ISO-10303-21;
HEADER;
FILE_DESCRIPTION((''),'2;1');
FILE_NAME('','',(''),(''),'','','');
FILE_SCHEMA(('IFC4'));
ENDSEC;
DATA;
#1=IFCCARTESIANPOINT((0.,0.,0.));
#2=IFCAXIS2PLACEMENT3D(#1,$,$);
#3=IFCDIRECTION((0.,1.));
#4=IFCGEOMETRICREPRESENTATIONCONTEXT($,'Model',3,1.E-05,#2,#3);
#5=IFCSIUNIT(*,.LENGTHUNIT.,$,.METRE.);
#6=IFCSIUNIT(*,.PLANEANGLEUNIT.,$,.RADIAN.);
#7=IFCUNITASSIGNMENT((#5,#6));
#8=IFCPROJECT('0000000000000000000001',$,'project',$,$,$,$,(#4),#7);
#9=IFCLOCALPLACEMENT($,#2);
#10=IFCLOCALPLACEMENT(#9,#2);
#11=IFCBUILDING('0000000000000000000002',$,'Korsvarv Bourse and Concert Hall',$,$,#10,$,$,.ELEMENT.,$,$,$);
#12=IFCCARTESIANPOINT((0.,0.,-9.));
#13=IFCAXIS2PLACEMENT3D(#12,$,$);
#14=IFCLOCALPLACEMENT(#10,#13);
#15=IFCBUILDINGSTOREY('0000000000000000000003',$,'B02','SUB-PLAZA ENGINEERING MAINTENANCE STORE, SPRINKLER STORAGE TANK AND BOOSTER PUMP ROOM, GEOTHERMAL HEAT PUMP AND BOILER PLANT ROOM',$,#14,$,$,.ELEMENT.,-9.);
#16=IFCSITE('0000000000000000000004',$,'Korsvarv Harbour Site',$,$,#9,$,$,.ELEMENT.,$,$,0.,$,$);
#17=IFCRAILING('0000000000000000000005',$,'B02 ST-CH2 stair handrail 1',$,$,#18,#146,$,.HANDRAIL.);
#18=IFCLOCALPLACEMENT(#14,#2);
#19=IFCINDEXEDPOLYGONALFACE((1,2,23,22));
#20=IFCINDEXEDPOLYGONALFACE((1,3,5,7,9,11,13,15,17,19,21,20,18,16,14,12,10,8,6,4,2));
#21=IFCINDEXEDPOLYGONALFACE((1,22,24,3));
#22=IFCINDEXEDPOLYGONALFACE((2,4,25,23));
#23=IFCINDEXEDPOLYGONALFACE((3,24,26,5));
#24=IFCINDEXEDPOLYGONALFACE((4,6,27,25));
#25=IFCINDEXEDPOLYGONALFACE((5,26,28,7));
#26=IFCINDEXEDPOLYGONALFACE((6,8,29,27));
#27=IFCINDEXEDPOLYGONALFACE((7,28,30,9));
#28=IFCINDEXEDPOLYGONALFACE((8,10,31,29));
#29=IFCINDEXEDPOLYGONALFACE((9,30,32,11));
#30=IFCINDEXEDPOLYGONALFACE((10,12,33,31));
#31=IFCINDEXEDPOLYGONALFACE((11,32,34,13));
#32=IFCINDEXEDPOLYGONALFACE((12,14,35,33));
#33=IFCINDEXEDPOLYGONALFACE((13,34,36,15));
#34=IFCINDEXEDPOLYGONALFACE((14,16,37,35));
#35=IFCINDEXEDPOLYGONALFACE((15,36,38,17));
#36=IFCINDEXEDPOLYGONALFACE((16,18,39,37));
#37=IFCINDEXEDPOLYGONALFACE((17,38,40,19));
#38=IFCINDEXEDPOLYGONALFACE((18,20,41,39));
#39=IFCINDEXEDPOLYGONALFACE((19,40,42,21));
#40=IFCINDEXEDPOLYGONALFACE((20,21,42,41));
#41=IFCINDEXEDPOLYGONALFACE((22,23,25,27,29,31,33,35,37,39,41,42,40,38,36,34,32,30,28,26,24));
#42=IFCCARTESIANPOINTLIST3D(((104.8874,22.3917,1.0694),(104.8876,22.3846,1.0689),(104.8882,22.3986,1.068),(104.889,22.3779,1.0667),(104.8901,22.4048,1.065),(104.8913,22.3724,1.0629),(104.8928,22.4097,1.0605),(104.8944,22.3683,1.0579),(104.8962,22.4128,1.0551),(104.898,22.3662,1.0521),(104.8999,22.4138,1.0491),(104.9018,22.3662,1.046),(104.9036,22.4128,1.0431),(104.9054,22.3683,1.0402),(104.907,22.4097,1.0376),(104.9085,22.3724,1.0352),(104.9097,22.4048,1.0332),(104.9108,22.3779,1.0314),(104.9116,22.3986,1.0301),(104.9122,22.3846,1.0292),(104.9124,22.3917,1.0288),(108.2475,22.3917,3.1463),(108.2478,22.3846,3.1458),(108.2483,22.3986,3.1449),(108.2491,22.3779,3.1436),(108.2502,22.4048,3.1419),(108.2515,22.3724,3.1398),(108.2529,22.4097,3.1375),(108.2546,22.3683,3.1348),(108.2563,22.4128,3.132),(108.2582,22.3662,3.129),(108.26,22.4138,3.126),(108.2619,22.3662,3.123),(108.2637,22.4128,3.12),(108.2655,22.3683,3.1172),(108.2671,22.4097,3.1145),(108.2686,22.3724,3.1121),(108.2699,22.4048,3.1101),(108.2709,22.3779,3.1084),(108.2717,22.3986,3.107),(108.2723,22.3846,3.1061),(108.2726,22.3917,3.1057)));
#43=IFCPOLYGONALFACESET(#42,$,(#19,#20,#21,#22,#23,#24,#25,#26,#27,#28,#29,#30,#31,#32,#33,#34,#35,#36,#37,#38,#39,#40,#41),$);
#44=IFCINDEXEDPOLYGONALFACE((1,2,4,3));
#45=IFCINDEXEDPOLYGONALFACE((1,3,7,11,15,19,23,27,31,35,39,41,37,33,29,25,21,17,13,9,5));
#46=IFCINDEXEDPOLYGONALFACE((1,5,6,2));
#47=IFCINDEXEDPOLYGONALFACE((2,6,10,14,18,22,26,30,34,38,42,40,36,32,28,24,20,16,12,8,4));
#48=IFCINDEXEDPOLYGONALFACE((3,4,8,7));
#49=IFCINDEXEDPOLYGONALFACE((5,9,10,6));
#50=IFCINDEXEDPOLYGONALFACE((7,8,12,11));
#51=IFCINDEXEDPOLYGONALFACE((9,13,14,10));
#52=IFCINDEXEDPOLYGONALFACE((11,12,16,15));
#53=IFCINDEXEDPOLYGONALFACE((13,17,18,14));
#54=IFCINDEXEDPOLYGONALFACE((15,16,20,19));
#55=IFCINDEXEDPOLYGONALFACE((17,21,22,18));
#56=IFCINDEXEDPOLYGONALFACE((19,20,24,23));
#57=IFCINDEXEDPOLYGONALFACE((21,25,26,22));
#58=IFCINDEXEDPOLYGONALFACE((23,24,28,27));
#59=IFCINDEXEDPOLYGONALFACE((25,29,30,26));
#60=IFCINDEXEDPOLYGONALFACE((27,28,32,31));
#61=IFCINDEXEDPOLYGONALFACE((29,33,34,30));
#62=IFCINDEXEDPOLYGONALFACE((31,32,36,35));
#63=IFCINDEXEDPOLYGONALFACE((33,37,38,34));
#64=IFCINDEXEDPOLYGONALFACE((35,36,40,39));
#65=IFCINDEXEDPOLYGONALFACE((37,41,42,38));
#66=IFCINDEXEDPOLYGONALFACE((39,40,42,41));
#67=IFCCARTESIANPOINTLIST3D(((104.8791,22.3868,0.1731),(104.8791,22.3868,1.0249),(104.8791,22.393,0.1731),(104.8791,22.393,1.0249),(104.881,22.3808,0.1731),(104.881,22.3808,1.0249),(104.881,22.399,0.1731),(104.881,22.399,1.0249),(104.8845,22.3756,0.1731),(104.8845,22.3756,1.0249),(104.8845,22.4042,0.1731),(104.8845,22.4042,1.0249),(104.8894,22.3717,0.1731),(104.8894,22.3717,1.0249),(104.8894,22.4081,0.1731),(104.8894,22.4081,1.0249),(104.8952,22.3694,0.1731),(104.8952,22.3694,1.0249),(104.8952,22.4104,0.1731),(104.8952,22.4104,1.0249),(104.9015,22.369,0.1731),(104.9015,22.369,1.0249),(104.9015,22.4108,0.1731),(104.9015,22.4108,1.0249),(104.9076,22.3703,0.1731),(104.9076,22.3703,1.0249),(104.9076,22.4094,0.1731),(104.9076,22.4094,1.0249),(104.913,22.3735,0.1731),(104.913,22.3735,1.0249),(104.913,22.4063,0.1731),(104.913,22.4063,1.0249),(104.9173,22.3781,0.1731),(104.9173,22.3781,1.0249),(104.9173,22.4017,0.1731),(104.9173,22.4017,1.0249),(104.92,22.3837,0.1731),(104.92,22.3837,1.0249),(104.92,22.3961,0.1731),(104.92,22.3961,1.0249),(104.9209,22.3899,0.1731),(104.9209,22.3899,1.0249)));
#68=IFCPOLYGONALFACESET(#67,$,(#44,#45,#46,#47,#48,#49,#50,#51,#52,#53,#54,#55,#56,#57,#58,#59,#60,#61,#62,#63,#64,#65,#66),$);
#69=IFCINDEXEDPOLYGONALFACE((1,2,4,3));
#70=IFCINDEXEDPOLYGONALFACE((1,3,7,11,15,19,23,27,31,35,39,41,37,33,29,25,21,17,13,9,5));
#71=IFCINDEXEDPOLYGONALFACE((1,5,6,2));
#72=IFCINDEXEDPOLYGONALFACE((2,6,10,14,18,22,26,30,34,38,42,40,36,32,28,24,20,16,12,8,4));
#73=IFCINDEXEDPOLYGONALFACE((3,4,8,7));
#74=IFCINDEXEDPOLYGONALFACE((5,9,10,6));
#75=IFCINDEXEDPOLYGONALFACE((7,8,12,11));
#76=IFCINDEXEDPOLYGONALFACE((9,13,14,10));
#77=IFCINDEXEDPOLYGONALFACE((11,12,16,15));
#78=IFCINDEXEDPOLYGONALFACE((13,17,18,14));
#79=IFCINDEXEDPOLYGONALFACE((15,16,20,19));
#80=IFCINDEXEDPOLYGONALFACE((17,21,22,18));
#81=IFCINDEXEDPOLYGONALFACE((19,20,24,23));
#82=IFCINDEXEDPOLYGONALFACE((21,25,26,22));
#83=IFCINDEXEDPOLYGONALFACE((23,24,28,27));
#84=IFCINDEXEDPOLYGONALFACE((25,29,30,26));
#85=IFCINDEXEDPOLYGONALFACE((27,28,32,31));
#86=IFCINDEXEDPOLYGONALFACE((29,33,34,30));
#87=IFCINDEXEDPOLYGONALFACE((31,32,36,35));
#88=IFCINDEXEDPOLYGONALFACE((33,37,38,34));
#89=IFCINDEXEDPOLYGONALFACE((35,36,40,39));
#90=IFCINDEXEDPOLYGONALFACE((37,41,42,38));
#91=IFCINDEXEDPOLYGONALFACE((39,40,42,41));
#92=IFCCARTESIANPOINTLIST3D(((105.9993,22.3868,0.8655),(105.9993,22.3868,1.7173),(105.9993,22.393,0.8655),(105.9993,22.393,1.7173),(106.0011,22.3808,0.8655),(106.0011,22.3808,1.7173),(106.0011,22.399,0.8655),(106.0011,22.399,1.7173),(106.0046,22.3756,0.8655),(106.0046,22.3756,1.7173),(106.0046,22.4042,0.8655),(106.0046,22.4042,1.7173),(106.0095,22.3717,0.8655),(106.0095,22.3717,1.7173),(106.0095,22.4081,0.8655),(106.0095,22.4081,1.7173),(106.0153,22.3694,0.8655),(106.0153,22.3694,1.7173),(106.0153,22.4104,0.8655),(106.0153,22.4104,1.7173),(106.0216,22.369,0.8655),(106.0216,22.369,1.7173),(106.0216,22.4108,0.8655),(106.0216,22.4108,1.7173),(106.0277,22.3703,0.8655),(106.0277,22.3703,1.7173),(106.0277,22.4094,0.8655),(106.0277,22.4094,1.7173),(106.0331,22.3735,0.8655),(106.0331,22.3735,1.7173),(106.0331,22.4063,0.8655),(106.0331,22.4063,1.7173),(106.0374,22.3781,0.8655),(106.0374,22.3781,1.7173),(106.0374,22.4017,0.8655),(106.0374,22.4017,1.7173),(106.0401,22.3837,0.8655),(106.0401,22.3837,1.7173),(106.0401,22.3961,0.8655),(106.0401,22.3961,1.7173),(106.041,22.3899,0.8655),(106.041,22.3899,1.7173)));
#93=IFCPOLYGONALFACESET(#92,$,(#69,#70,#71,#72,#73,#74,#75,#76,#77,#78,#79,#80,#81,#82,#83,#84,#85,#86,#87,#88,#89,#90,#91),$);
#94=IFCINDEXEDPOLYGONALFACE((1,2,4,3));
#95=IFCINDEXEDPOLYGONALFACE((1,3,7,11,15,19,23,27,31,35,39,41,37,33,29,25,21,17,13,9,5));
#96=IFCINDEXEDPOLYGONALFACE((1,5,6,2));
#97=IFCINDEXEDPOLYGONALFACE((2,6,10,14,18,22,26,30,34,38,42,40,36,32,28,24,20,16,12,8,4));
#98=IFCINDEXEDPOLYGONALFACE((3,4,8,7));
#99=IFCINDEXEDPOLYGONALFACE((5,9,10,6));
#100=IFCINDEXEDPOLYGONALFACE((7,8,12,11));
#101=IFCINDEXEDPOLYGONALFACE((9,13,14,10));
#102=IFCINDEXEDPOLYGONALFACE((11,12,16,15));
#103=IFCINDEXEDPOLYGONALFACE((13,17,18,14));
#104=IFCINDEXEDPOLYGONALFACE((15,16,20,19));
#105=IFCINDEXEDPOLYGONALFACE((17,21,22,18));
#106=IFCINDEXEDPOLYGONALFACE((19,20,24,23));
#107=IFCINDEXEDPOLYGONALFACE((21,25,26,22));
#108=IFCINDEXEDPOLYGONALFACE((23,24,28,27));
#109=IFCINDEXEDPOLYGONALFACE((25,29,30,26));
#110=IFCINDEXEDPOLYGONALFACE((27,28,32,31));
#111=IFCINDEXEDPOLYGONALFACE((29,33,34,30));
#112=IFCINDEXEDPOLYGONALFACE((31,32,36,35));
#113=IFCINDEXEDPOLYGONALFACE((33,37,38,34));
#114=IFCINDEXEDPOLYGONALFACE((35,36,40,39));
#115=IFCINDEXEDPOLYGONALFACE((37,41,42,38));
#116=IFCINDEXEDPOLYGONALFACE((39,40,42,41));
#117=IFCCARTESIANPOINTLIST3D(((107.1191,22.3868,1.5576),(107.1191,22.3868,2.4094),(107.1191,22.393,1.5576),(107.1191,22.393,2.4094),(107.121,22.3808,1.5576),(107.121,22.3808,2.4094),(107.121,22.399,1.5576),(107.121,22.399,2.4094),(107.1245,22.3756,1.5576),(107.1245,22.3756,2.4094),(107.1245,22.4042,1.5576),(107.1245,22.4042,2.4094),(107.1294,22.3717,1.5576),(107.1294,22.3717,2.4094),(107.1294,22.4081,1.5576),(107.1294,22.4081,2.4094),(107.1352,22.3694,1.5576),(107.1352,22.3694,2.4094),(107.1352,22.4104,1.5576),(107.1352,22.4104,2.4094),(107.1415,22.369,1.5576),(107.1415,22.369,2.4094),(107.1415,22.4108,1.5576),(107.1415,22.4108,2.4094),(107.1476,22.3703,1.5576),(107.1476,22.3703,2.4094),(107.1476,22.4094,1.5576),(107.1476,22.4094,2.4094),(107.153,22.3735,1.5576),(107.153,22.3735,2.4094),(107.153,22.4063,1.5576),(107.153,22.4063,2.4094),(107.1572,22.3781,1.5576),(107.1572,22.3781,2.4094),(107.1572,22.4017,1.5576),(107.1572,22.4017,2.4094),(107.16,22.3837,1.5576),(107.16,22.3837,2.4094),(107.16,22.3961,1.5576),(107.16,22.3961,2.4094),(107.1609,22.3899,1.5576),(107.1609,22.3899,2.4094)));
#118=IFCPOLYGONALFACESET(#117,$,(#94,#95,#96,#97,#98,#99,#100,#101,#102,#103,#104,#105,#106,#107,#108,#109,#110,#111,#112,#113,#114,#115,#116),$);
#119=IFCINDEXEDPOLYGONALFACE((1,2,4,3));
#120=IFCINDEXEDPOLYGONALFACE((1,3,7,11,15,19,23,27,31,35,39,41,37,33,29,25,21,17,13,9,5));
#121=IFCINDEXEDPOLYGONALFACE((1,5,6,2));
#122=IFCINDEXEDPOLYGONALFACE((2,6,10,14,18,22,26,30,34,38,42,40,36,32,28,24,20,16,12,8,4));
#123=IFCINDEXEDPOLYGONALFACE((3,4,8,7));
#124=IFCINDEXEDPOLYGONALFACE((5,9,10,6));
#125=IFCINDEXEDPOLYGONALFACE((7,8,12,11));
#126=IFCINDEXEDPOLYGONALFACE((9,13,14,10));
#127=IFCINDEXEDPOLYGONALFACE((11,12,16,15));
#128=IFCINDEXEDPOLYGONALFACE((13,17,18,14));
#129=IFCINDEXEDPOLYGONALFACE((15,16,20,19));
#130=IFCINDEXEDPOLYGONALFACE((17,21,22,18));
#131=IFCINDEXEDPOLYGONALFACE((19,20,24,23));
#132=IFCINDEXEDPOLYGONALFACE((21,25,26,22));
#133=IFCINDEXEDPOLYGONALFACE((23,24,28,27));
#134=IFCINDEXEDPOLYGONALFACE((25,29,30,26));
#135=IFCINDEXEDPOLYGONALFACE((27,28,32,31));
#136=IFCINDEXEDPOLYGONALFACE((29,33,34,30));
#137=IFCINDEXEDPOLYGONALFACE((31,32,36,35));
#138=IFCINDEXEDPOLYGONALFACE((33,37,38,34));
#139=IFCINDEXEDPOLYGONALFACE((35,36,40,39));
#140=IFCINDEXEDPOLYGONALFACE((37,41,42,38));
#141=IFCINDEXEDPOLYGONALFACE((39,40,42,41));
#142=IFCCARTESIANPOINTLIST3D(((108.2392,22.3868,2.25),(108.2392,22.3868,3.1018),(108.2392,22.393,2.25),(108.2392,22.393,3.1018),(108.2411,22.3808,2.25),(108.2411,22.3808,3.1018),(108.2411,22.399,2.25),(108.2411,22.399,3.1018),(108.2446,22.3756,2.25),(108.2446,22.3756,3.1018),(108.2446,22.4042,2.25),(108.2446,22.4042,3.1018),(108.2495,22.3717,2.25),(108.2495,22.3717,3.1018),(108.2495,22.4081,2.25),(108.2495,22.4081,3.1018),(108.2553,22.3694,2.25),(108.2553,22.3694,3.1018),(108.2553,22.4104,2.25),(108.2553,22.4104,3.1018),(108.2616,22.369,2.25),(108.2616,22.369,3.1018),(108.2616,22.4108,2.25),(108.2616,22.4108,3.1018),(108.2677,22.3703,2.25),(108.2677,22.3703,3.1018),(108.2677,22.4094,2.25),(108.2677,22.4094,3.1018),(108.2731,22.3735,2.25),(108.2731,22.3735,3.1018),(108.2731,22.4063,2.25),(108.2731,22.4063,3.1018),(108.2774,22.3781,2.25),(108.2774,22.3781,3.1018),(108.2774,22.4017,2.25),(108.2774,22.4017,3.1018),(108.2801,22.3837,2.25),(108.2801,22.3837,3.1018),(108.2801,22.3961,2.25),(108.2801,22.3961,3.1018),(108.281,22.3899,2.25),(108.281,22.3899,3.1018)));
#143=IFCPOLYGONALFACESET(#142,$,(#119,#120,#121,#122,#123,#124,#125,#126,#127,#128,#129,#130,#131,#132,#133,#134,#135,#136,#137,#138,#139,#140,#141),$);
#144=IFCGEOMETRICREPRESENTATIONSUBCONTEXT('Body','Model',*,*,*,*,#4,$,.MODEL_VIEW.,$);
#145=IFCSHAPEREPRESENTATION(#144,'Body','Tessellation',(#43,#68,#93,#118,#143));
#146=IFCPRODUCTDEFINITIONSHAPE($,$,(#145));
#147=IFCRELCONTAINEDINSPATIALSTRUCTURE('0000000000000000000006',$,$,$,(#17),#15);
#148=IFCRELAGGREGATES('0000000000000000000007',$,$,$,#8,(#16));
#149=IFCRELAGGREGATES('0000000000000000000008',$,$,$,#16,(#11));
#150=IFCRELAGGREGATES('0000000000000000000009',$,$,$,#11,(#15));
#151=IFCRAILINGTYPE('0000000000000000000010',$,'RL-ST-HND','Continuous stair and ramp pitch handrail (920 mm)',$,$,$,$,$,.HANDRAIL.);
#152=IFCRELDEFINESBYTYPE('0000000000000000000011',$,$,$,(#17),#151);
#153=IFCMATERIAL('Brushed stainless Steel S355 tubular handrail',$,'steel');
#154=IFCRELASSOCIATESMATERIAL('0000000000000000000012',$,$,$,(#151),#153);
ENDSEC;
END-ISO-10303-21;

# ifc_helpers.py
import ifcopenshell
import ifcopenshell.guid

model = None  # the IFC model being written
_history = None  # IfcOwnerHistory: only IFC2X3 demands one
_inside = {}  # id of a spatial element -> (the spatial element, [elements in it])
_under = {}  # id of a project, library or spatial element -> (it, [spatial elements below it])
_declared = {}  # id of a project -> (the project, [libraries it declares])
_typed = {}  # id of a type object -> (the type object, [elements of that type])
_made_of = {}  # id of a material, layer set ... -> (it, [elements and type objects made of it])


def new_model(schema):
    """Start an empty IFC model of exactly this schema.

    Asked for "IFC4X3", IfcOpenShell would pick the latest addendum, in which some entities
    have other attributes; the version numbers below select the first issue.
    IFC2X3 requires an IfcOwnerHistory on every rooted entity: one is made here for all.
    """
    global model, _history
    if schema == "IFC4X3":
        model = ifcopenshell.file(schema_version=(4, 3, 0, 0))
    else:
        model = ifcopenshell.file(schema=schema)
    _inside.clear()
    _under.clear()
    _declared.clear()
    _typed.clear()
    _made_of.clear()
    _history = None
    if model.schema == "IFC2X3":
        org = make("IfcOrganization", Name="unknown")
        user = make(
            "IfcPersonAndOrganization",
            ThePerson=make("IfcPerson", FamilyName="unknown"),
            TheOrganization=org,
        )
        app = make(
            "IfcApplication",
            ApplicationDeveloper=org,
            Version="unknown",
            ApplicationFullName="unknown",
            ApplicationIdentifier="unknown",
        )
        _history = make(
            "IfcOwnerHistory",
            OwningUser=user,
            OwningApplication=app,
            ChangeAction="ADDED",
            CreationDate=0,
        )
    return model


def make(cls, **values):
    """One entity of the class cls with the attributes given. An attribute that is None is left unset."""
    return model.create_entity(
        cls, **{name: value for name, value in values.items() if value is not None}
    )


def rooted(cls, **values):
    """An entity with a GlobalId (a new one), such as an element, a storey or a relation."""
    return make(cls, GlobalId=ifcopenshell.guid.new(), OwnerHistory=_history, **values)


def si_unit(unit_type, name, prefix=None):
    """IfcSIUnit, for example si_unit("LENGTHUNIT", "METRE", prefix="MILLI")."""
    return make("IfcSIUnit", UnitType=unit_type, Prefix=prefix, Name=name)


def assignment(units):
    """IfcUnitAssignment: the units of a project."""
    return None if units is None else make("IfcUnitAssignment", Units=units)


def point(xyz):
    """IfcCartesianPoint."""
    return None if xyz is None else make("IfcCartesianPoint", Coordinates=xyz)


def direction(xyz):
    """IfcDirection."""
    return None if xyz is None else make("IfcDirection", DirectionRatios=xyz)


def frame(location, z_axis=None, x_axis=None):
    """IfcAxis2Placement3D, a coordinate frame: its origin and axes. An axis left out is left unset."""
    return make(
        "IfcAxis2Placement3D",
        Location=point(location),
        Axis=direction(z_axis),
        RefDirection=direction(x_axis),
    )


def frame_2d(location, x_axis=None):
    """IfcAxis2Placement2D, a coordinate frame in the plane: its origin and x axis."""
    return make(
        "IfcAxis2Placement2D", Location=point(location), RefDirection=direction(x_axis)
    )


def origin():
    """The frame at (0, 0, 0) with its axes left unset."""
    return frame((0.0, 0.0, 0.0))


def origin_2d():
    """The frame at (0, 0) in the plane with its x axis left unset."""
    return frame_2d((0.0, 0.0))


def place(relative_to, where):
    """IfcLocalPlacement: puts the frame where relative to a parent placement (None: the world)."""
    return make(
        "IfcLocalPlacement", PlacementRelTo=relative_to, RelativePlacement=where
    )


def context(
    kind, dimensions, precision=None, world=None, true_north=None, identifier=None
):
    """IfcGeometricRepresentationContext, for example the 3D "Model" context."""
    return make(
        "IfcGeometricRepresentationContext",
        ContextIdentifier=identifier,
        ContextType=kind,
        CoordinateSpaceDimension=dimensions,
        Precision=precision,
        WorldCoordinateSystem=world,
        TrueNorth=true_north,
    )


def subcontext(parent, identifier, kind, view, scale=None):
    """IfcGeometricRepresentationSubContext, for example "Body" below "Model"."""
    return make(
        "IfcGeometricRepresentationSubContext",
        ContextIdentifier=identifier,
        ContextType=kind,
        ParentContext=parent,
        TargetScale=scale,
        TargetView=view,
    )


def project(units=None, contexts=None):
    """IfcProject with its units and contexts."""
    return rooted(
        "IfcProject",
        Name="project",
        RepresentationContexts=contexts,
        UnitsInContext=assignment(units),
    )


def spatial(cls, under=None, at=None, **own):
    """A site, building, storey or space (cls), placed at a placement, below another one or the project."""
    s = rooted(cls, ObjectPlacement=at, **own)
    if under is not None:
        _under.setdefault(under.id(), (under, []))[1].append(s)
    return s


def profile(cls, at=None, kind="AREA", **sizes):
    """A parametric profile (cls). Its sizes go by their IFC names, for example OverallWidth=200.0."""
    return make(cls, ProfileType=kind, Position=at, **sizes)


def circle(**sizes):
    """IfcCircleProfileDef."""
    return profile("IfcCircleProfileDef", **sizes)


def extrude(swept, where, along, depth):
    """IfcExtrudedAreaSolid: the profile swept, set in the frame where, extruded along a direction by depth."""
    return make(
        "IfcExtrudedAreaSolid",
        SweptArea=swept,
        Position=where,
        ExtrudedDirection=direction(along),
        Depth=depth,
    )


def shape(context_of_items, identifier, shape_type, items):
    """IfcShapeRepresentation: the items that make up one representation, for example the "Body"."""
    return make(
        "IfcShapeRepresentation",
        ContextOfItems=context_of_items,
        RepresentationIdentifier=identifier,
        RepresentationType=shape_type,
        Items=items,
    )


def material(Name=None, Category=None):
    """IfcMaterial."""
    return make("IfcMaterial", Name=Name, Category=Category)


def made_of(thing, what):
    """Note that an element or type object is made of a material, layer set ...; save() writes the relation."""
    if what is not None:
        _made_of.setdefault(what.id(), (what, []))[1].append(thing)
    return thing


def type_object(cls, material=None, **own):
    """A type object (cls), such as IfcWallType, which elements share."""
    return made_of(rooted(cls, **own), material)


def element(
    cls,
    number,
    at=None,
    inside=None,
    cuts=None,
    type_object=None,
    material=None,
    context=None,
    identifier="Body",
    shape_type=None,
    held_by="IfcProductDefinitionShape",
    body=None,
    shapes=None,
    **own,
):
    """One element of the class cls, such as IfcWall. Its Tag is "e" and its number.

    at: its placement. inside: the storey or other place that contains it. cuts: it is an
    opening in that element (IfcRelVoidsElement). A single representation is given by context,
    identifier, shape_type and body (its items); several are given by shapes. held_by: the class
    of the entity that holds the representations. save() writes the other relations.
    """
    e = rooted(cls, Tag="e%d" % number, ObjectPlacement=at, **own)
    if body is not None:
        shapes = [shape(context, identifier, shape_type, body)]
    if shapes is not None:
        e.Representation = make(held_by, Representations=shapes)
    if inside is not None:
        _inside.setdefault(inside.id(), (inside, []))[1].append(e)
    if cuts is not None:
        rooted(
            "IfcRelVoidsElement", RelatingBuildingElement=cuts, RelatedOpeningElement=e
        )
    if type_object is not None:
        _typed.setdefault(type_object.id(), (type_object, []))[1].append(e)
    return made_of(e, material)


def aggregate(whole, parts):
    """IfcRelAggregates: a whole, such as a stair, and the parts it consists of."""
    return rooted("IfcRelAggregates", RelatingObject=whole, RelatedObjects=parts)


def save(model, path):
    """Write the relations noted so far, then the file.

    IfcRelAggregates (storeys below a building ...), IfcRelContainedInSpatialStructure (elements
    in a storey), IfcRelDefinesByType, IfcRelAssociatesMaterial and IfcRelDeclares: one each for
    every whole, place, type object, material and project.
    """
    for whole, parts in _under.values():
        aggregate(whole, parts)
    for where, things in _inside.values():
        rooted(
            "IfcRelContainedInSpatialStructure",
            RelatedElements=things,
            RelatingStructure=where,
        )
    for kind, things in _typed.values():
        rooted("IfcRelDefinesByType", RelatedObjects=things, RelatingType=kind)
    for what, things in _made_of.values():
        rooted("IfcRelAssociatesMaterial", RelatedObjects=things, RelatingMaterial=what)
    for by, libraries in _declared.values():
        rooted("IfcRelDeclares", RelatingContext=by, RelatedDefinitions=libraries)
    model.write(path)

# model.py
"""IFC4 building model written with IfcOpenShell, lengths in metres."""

from ifc_helpers import new_model, si_unit, direction, frame, origin, origin_2d, place, context, subcontext, project, spatial, circle, extrude, material, type_object, element, save


model = new_model("IFC4")

# Units and contexts
model_context = context("Model", 3, precision=1e-05, world=origin(), true_north=direction((0.0, 1.0)))
body_context = subcontext(model_context, "Body", "Model", "MODEL_VIEW")
ifc_project = project(units=[si_unit("LENGTHUNIT", "METRE"), si_unit("PLANEANGLEUNIT", "RADIAN")], contexts=[model_context])

# Site, building, storey
site_placement = place(None, origin())
site = spatial("IfcSite", under=ifc_project, at=site_placement, Name="Korsvarv Harbour Site", CompositionType="ELEMENT", RefElevation=0.0)
building_placement = place(site_placement, origin())
building = spatial("IfcBuilding", under=site, at=building_placement, Name="Korsvarv Bourse and Concert Hall", CompositionType="ELEMENT")
storey_placement = place(building_placement, frame((0.0, 0.0, -9.0)))
storey = spatial("IfcBuildingStorey", under=building, at=storey_placement, Name="B02", Description="SUB-PLAZA ENGINEERING MAINTENANCE STORE, SPRINKLER STORAGE TANK AND BOOSTER PUMP ROOM, GEOTHERMAL HEAT PUMP AND BOILER PLANT ROOM", CompositionType="ELEMENT", Elevation=-9.0)

# Railing
ifc_material_1 = material(Name="Brushed stainless Steel S355 tubular handrail", Category="steel")
railing_type_1 = type_object("IfcRailingType", Name="RL-ST-HND", Description="Continuous stair and ramp pitch handrail (920 mm)", PredefinedType="HANDRAIL", material=ifc_material_1)
railing_1_placement = place(storey_placement, frame((104.8999, 22.3899, 0.1731)))
element("IfcRailing", 1, at=railing_1_placement, inside=storey, type_object=railing_type_1, Name="B02 ST-CH2 stair handrail 1", PredefinedType="HANDRAIL", context=body_context, shape_type="SweptSolid", body=[
    extrude(circle(Radius=0.0239, at=origin_2d()), frame((0.0, 0.0, 0.876), z_axis=(0.850623, 0.0, 0.525776), x_axis=(0.0, 1.0, 0.0)), (0.0, 0.0, 1.0), 3.9502),
    extrude(circle(Radius=0.021, at=origin_2d()), origin(), (0.0, 0.0, 1.0), 0.8518),
    extrude(circle(Radius=0.021, at=origin_2d()), frame((1.1201, 0.0, 0.6924)), (0.0, 0.0, 1.0), 0.8518),
    extrude(circle(Radius=0.021, at=origin_2d()), frame((2.24, 0.0, 1.3845)), (0.0, 0.0, 1.0), 0.8518),
    extrude(circle(Radius=0.021, at=origin_2d()), frame((3.3601, 0.0, 2.0769)), (0.0, 0.0, 1.0), 0.8518),
])

save(model, "model.ifc")
